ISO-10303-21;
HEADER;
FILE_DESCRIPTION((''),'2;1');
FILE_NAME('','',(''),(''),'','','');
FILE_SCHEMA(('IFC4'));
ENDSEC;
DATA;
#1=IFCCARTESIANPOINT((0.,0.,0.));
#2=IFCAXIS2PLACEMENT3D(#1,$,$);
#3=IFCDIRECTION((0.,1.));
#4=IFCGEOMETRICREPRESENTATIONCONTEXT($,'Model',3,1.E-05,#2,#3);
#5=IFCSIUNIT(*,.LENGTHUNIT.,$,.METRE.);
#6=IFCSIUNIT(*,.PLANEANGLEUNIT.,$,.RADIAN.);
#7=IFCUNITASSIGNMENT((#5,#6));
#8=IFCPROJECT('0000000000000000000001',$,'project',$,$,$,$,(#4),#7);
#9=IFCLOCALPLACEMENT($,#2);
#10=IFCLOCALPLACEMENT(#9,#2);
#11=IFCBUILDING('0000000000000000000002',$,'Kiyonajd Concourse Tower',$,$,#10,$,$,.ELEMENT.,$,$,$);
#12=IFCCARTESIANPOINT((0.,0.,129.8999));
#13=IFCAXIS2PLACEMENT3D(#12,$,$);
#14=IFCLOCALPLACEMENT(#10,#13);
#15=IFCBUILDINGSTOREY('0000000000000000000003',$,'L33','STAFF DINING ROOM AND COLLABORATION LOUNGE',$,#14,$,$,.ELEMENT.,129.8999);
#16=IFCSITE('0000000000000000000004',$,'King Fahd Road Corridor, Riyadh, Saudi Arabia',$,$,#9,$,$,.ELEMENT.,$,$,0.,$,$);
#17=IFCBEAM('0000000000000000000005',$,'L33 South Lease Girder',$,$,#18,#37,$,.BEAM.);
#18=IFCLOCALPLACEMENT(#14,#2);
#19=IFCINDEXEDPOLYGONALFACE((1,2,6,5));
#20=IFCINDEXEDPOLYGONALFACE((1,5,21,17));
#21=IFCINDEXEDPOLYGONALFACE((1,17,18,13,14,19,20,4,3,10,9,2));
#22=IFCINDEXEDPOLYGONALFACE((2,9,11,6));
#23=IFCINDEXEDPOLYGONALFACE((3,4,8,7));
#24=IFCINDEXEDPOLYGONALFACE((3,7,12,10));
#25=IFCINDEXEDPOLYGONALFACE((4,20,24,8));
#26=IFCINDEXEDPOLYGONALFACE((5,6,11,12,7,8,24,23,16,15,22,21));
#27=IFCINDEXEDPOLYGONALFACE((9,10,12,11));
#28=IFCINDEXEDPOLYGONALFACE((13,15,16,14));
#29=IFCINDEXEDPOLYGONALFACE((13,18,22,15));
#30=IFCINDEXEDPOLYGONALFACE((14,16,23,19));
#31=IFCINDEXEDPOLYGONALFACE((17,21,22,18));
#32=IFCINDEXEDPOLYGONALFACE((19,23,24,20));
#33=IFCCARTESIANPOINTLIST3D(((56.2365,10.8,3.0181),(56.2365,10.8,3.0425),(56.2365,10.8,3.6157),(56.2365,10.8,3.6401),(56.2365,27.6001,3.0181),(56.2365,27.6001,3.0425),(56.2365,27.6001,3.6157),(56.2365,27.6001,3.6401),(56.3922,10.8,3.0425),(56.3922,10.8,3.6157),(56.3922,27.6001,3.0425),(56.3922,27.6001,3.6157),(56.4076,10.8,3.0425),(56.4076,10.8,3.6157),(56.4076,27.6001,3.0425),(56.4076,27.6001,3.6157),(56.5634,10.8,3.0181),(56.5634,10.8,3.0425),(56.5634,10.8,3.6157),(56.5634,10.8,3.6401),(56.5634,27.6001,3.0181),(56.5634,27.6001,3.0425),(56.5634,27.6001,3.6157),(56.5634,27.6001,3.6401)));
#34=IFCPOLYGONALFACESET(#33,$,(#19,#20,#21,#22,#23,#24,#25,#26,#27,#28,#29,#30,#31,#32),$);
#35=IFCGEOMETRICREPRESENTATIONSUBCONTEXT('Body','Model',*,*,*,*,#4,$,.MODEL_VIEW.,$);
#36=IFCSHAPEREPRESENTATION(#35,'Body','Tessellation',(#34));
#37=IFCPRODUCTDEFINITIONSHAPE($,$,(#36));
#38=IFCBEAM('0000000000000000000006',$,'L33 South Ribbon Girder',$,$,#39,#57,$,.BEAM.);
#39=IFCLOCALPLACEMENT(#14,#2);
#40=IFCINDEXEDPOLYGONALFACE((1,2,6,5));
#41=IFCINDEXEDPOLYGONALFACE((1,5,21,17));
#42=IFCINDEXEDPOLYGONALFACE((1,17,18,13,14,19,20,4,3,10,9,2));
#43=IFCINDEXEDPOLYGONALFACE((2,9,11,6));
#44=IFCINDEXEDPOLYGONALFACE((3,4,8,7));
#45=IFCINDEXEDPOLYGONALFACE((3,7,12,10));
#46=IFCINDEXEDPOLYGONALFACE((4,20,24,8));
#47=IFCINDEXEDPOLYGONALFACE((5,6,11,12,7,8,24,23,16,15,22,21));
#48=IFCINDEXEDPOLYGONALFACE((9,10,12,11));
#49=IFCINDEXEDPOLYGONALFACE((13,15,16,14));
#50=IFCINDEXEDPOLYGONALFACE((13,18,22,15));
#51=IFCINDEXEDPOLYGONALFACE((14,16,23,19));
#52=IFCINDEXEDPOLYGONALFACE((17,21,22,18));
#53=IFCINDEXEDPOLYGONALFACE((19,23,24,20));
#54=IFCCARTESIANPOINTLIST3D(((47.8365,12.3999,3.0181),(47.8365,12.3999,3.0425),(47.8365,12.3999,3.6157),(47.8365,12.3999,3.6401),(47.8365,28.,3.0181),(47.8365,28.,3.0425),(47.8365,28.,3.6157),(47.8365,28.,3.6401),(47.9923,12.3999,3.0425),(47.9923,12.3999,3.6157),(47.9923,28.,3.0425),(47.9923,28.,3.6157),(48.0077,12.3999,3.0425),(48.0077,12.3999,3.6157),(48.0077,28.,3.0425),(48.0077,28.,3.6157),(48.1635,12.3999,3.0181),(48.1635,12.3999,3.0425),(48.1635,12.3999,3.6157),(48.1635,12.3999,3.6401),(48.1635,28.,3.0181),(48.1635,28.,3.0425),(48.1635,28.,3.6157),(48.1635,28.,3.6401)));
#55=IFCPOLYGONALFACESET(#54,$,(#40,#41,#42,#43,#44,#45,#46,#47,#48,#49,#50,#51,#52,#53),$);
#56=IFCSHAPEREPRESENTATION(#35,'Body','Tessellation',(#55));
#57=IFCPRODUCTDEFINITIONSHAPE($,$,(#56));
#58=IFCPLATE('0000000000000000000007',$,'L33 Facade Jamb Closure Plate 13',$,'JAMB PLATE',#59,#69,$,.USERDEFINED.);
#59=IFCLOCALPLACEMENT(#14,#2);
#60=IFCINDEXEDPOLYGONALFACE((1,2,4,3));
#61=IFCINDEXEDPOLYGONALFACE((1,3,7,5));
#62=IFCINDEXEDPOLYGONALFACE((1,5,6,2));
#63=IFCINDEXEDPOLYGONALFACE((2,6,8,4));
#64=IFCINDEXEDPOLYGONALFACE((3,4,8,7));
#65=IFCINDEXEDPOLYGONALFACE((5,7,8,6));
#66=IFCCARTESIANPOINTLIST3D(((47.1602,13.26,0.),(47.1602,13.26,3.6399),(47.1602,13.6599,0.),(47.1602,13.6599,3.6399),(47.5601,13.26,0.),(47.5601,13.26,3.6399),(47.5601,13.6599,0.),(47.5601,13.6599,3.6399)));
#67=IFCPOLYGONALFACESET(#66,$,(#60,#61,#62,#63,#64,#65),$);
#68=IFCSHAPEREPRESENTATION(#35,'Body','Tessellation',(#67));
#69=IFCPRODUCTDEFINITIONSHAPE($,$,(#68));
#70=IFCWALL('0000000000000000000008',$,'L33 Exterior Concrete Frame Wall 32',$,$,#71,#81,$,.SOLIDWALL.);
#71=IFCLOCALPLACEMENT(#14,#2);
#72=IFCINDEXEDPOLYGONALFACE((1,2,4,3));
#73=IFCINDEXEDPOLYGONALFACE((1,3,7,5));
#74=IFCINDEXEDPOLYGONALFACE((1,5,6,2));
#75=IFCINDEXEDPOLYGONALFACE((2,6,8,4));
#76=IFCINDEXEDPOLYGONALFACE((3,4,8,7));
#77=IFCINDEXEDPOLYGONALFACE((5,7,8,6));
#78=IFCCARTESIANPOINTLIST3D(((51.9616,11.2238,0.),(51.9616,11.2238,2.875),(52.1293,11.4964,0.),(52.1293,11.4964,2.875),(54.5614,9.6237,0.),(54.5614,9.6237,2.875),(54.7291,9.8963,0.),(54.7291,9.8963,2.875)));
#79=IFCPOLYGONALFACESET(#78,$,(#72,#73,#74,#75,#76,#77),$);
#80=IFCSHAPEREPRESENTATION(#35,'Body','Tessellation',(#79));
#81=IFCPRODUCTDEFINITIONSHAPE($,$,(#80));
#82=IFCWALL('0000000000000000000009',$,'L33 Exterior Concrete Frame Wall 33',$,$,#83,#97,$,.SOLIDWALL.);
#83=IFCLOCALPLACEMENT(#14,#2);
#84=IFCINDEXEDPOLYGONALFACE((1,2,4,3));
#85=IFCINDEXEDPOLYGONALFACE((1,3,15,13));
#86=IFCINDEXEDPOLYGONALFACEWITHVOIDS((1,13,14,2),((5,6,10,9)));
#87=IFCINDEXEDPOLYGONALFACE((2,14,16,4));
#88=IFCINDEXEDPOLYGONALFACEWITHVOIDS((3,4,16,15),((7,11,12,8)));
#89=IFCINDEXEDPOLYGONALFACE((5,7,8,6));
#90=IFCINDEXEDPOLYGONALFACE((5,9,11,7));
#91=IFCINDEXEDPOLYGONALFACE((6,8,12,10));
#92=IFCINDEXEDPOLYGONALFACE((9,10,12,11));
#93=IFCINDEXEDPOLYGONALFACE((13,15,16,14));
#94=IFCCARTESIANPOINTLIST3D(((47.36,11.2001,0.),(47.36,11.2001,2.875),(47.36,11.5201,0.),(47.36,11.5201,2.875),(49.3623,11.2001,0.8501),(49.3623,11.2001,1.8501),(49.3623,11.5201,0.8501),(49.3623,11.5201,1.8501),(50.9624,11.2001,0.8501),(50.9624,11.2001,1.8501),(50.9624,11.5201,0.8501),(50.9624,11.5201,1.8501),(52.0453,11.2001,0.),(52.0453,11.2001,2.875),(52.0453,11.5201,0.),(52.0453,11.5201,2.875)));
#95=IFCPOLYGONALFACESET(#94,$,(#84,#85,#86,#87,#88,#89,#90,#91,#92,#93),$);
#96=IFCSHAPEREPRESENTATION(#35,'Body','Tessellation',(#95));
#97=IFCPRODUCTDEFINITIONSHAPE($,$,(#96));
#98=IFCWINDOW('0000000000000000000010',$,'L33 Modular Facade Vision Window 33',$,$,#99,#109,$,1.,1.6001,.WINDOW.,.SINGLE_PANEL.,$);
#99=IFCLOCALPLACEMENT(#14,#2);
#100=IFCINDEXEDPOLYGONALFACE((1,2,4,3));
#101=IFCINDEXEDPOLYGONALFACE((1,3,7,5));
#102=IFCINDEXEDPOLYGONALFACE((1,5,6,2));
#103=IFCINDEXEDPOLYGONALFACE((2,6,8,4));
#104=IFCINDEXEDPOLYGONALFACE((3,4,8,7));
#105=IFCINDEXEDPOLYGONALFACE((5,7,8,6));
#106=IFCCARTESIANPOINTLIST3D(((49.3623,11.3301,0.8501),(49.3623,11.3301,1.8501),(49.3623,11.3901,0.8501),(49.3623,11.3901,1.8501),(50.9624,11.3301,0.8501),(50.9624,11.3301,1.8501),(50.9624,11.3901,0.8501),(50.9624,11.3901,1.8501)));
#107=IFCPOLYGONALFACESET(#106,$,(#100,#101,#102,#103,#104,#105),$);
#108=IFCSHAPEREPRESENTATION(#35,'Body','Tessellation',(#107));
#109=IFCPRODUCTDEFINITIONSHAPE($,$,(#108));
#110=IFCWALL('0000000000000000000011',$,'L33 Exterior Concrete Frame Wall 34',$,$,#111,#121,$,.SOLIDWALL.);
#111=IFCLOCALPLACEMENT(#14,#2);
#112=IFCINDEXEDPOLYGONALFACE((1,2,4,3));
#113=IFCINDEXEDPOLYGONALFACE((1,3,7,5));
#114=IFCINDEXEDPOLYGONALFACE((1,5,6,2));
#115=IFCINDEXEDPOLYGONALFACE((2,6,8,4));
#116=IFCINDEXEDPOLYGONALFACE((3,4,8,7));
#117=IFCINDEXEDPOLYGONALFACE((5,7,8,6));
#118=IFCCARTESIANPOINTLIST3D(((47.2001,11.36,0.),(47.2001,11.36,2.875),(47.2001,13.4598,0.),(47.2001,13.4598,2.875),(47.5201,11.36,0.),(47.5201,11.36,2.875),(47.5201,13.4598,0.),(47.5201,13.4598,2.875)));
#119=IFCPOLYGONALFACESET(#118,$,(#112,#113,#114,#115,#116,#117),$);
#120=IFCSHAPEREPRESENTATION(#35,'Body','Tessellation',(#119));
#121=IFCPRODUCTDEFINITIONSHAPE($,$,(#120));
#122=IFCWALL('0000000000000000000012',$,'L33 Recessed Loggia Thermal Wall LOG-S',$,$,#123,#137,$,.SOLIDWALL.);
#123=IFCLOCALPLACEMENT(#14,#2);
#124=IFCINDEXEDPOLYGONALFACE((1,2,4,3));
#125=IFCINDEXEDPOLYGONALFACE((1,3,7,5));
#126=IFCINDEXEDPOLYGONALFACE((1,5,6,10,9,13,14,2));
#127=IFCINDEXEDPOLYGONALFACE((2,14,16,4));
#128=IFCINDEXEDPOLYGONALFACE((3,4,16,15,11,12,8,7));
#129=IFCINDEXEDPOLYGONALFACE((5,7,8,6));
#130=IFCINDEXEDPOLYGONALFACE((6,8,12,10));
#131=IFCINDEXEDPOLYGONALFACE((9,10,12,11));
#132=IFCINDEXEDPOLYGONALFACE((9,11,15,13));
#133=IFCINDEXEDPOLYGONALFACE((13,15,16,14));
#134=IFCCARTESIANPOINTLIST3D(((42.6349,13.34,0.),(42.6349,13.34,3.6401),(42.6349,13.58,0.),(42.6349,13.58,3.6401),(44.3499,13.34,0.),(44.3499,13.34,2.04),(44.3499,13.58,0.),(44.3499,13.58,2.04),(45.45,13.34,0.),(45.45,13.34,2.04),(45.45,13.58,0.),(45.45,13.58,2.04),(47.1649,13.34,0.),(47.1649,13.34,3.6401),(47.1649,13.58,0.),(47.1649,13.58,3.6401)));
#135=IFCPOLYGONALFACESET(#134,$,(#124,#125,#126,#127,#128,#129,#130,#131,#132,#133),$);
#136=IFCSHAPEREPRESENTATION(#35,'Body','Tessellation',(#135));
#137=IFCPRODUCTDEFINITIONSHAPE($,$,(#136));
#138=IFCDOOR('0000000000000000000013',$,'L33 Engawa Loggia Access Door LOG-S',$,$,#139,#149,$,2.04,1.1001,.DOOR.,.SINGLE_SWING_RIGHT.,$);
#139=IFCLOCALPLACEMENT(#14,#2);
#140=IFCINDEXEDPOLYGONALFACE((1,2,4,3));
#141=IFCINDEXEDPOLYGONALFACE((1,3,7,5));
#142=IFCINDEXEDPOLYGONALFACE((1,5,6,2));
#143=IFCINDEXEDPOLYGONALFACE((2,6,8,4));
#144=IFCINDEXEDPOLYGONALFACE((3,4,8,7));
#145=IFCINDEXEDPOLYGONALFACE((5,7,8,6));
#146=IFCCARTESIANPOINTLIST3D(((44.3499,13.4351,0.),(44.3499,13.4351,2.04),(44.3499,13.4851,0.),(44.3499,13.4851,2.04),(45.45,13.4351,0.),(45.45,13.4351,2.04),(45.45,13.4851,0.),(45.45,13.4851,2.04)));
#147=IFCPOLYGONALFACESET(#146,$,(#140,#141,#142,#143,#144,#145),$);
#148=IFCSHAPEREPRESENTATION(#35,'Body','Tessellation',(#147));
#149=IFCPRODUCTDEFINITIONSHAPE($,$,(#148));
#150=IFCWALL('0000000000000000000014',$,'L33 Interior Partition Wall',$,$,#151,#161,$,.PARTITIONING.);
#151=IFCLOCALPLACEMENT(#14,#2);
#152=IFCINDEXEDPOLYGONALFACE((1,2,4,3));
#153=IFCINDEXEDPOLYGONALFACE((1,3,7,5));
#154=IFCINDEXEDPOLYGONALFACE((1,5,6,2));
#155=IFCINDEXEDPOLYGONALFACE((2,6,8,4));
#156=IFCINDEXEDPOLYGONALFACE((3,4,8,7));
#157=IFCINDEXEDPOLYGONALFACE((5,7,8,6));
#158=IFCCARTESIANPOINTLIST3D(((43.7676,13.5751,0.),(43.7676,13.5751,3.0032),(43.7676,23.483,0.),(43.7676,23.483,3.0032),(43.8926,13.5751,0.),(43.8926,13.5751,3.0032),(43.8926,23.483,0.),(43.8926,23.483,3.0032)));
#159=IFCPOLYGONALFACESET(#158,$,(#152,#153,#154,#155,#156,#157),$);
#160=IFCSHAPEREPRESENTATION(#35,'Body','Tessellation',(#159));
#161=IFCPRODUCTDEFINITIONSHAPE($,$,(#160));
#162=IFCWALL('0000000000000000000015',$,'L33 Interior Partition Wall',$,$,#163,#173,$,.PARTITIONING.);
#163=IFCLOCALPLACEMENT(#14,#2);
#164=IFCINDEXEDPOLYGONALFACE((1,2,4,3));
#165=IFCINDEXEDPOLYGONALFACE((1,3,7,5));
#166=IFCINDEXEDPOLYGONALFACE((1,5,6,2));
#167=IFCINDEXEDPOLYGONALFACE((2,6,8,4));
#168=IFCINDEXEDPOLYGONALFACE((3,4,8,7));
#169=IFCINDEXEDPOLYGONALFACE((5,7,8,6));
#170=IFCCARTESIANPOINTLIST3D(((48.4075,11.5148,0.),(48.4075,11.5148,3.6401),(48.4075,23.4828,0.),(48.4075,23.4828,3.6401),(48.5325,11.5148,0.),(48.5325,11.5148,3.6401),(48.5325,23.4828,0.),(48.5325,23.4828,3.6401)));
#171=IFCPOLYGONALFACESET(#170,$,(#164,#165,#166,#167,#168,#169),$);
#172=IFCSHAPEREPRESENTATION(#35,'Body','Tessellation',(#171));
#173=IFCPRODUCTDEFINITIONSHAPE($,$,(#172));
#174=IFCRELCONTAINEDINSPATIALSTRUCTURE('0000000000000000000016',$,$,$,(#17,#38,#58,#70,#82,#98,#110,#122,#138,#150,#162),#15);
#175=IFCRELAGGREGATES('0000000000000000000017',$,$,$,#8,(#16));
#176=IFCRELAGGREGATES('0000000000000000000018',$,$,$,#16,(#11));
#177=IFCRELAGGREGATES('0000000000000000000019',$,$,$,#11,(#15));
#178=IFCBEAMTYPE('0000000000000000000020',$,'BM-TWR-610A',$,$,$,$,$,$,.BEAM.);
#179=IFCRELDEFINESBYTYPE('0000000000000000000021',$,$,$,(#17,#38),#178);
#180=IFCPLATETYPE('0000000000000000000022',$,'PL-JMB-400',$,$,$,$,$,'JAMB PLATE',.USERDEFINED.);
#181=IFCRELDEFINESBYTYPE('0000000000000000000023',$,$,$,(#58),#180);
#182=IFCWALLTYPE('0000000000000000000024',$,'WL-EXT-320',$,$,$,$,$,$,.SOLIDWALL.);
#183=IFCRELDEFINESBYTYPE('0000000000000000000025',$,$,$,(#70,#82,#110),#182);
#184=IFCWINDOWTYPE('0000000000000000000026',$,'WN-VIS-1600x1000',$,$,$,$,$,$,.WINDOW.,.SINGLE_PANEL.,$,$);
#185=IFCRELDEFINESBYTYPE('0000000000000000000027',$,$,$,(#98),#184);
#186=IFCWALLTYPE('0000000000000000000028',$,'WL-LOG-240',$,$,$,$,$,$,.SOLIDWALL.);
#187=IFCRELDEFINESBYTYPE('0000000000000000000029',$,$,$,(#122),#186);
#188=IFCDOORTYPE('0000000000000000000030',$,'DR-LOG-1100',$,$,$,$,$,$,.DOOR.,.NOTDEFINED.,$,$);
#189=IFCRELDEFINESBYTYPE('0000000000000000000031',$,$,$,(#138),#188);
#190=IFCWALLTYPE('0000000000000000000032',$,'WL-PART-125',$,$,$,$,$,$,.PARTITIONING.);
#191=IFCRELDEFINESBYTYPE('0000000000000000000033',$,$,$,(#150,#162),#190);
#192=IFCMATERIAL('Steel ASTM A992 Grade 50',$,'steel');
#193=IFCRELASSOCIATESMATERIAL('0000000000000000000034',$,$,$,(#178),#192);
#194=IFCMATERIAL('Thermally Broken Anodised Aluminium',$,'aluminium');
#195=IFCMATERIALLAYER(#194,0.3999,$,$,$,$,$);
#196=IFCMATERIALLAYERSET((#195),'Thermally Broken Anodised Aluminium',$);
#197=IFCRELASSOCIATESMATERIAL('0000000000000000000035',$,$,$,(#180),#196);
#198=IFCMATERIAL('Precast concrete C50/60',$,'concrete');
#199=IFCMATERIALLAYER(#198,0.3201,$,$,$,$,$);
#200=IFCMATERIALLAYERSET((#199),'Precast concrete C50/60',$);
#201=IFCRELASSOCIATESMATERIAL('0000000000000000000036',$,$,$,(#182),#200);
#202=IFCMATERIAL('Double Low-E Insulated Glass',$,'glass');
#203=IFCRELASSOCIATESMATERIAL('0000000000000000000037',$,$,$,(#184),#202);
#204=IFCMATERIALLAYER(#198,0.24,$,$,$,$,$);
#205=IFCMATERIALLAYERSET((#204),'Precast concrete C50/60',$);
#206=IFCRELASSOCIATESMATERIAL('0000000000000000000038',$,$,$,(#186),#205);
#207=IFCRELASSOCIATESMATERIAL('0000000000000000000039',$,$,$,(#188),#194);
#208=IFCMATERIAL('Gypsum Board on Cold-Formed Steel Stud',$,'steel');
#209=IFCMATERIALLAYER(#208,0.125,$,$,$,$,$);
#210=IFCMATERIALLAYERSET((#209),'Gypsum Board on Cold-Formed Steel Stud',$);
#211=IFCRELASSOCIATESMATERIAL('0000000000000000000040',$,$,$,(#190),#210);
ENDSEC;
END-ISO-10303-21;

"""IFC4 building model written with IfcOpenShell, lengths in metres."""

from ifc_helpers import new_model, si_unit, direction, frame, frame_2d, origin, origin_2d, place, context, subcontext, project, spatial, rectangle, i_section, extrude, material, layer, layer_set, material_profile, profile_set, type_object, element, fill, save


model = new_model("IFC4")

# Units and contexts
model_context = context("Model", 3, precision=1e-05, world=origin(), true_north=direction((0.0, 1.0)))
body_context = subcontext(model_context, "Body", "Model", "MODEL_VIEW")
ifc_project = project(units=[si_unit("LENGTHUNIT", "METRE"), si_unit("PLANEANGLEUNIT", "RADIAN")], contexts=[model_context])

# Site, building, storey
site_placement = place(None, origin())
site = spatial("IfcSite", under=ifc_project, at=site_placement, Name="King Fahd Road Corridor, Riyadh, Saudi Arabia", CompositionType="ELEMENT", RefElevation=0.0)
building_placement = place(site_placement, origin())
building = spatial("IfcBuilding", under=site, at=building_placement, Name="Kiyonajd Concourse Tower", CompositionType="ELEMENT")
storey_placement = place(building_placement, frame((0.0, 0.0, 129.8999)))
storey = spatial("IfcBuildingStorey", under=building, at=storey_placement, Name="L33", Description="STAFF DINING ROOM AND COLLABORATION LOUNGE", CompositionType="ELEMENT", Elevation=129.8999)

# Beams
ifc_material_1 = material(Name="Steel ASTM A992 Grade 50", Category="steel")
ifc_material_2 = material(Name="Precast concrete C50/60", Category="concrete")
ifc_material_profile_1 = material_profile(ifc_material_1, i_section(OverallWidth=0.3269, OverallDepth=0.6221, WebThickness=0.0154, FlangeThickness=0.0244, at=origin_2d()), Name="W610X195")
ifc_profile_set_1 = profile_set([ifc_material_profile_1], Name="Steel ASTM A992 Grade 50")
beam_type_1 = type_object("IfcBeamType", Name="BM-TWR-610A", PredefinedType="BEAM", material=ifc_profile_set_1)
beam_1_placement = place(storey_placement, frame((56.3999, 10.8, 3.3291), z_axis=(0.0, 1.0, 0.0), x_axis=(-1.0, 0.0, 0.0)))
element("IfcBeam", 1, at=beam_1_placement, inside=storey, type_object=beam_type_1, Name="L33 South Lease Girder", PredefinedType="BEAM", context=body_context, shape_type="SweptSolid", body=[
    extrude(i_section(OverallWidth=0.3269, OverallDepth=0.6221, WebThickness=0.0154, FlangeThickness=0.0244, at=origin_2d()), origin(), (0.0, 0.0, 1.0), 16.8),
])
beam_2_placement = place(storey_placement, frame((48.0, 12.3999, 3.3291), z_axis=(0.0, 1.0, 0.0), x_axis=(-1.0, 0.0, 0.0)))
element("IfcBeam", 2, at=beam_2_placement, inside=storey, type_object=beam_type_1, Name="L33 South Ribbon Girder", PredefinedType="BEAM", context=body_context, shape_type="SweptSolid", body=[
    extrude(i_section(OverallWidth=0.3269, OverallDepth=0.6221, WebThickness=0.0154, FlangeThickness=0.0244, at=origin_2d()), origin(), (0.0, 0.0, 1.0), 15.6001),
])

# Plate
ifc_material_3 = material(Name="Thermally Broken Anodised Aluminium", Category="aluminium")
ifc_layer_1 = layer(ifc_material_3, 0.3999)
ifc_layer_set_1 = layer_set([ifc_layer_1], Name="Thermally Broken Anodised Aluminium")
plate_type = type_object("IfcPlateType", Name="PL-JMB-400", ElementType="JAMB PLATE", PredefinedType="USERDEFINED", material=ifc_layer_set_1)
plate_placement = place(storey_placement, frame((47.3601, 13.46, 0.0), z_axis=(0.0, 0.0, 1.0), x_axis=(1.0, 0.0, 0.0)))
element("IfcPlate", 3, at=plate_placement, inside=storey, type_object=plate_type, Name="L33 Facade Jamb Closure Plate 13", ObjectType="JAMB PLATE", PredefinedType="USERDEFINED", context=body_context, shape_type="SweptSolid", body=[
    extrude(rectangle(XDim=0.3999, YDim=0.3999, at=origin_2d()), origin(), (0.0, 0.0, 1.0), 3.6399),
])

# Wall
ifc_layer_2 = layer(ifc_material_2, 0.3201)
ifc_layer_set_2 = layer_set([ifc_layer_2], Name="Precast concrete C50/60")
wall_type_1 = type_object("IfcWallType", Name="WL-EXT-320", PredefinedType="SOLIDWALL", material=ifc_layer_set_2)
wall_1_placement = place(storey_placement, frame((54.6453, 9.76, 0.0), z_axis=(0.0, 0.0, 1.0), x_axis=(-0.851631, 0.524142, 0.0)))
element("IfcWall", 4, at=wall_1_placement, inside=storey, type_object=wall_type_1, Name="L33 Exterior Concrete Frame Wall 32", PredefinedType="SOLIDWALL", context=body_context, shape_type="SweptSolid", body=[
    extrude(rectangle(XDim=3.0527, YDim=0.3201, at=frame_2d((1.5264, 0.0))), origin(), (0.0, 0.0, 1.0), 2.875),
])

# Wall, opening, window
wall_2_placement = place(storey_placement, frame((52.0454, 11.3601, 0.0), z_axis=(0.0, 0.0, 1.0), x_axis=(-1.0, 0.0, 0.0)))
wall_2 = element("IfcWall", 5, at=wall_2_placement, inside=storey, type_object=wall_type_1, Name="L33 Exterior Concrete Frame Wall 33", PredefinedType="SOLIDWALL", context=body_context, shape_type="SweptSolid", body=[
    extrude(rectangle(XDim=4.6853, YDim=0.3201, at=frame_2d((2.3428, 0.0))), origin(), (0.0, 0.0, 1.0), 2.875),
])
opening_1_placement = place(wall_2_placement, frame((1.083, 0.0, 0.8501)))
opening_1 = element("IfcOpeningElement", 6, at=opening_1_placement, cuts=wall_2, PredefinedType="OPENING", context=body_context, shape_type="SweptSolid", body=[
    extrude(rectangle(XDim=1.6001, YDim=1.0, at=frame_2d((0.8, 0.5))), frame((0.0, 0.1699, 0.0), z_axis=(0.0, -1.0, 0.0), x_axis=(1.0, 0.0, 0.0)), (0.0, 0.0, 1.0), 0.3401),
])
ifc_material_4 = material(Name="Double Low-E Insulated Glass", Category="glass")
window_type = type_object("IfcWindowType", Name="WN-VIS-1600x1000", PartitioningType="SINGLE_PANEL", PredefinedType="WINDOW", material=ifc_material_4)
window_placement = place(opening_1_placement, origin())
window = element("IfcWindow", 7, at=window_placement, inside=storey, type_object=window_type, Name="L33 Modular Facade Vision Window 33", OverallHeight=1.0, OverallWidth=1.6001, PartitioningType="SINGLE_PANEL", PredefinedType="WINDOW", context=body_context, shape_type="SweptSolid", body=[
    extrude(rectangle(XDim=1.6001, YDim=1.0, at=frame_2d((0.8, 0.5))), frame((0.0, 0.03, 0.0), z_axis=(0.0, -1.0, 0.0), x_axis=(1.0, 0.0, 0.0)), (0.0, 0.0, 1.0), 0.0601),
])
fill(opening_1, window)

# Wall
wall_3_placement = place(storey_placement, frame((47.3601, 11.3601, 0.0), z_axis=(0.0, 0.0, 1.0), x_axis=(0.0, 1.0, 0.0)))
element("IfcWall", 8, at=wall_3_placement, inside=storey, type_object=wall_type_1, Name="L33 Exterior Concrete Frame Wall 34", PredefinedType="SOLIDWALL", context=body_context, shape_type="SweptSolid", body=[
    extrude(rectangle(XDim=2.0999, YDim=0.3201, at=frame_2d((1.0498, 0.0))), origin(), (0.0, 0.0, 1.0), 2.875),
])

# Wall, opening, door
ifc_layer_3 = layer(ifc_material_2, 0.24)
ifc_layer_set_3 = layer_set([ifc_layer_3], Name="Precast concrete C50/60")
wall_type_2 = type_object("IfcWallType", Name="WL-LOG-240", PredefinedType="SOLIDWALL", material=ifc_layer_set_3)
wall_4_placement = place(storey_placement, frame((47.165, 13.46, 0.0), z_axis=(0.0, 0.0, 1.0), x_axis=(-1.0, 0.0, 0.0)))
wall_4 = element("IfcWall", 9, at=wall_4_placement, inside=storey, type_object=wall_type_2, Name="L33 Recessed Loggia Thermal Wall LOG-S", PredefinedType="SOLIDWALL", context=body_context, shape_type="SweptSolid", body=[
    extrude(rectangle(XDim=4.53, YDim=0.24, at=frame_2d((2.2651, 0.0))), origin(), (0.0, 0.0, 1.0), 3.6401),
])
opening_2_placement = place(wall_4_placement, frame((1.7151, 0.0, 0.0)))
opening_2 = element("IfcOpeningElement", 10, at=opening_2_placement, cuts=wall_4, PredefinedType="OPENING", context=body_context, shape_type="SweptSolid", body=[
    extrude(rectangle(XDim=1.1001, YDim=2.04, at=frame_2d((0.55, 1.02))), frame((0.0, 0.1299, 0.0), z_axis=(0.0, -1.0, 0.0), x_axis=(1.0, 0.0, 0.0)), (0.0, 0.0, 1.0), 0.26),
])
door_type = type_object("IfcDoorType", Name="DR-LOG-1100", OperationType="NOTDEFINED", PredefinedType="DOOR", material=ifc_material_3)
door_placement = place(opening_2_placement, origin())
door = element("IfcDoor", 11, at=door_placement, inside=storey, type_object=door_type, Name="L33 Engawa Loggia Access Door LOG-S", OperationType="SINGLE_SWING_RIGHT", OverallHeight=2.04, OverallWidth=1.1001, PredefinedType="DOOR", context=body_context, shape_type="SweptSolid", body=[
    extrude(rectangle(XDim=1.1001, YDim=2.04, at=frame_2d((0.55, 1.02))), frame((0.0, 0.0249, 0.0), z_axis=(0.0, -1.0, 0.0), x_axis=(1.0, 0.0, 0.0)), (0.0, 0.0, 1.0), 0.05),
])
fill(opening_2, door)

# Walls
ifc_material_5 = material(Name="Gypsum Board on Cold-Formed Steel Stud", Category="steel")
ifc_layer_4 = layer(ifc_material_5, 0.125)
ifc_layer_set_4 = layer_set([ifc_layer_4], Name="Gypsum Board on Cold-Formed Steel Stud")
wall_type_3 = type_object("IfcWallType", Name="WL-PART-125", PredefinedType="PARTITIONING", material=ifc_layer_set_4)
wall_5_placement = place(storey_placement, frame((43.8301, 13.575, 0.0), z_axis=(0.0, 0.0, 1.0), x_axis=(0.0, 1.0, 0.0)))
element("IfcWall", 12, at=wall_5_placement, inside=storey, type_object=wall_type_3, Name="L33 Interior Partition Wall", PredefinedType="PARTITIONING", context=body_context, shape_type="SweptSolid", body=[
    extrude(rectangle(XDim=9.908, YDim=0.125, at=frame_2d((4.9541, 0.0))), origin(), (0.0, 0.0, 1.0), 3.0032),
])
wall_6_placement = place(storey_placement, frame((48.47, 11.5149, 0.0), z_axis=(0.0, 0.0, 1.0), x_axis=(0.0, 1.0, 0.0)))
element("IfcWall", 13, at=wall_6_placement, inside=storey, type_object=wall_type_3, Name="L33 Interior Partition Wall", PredefinedType="PARTITIONING", context=body_context, shape_type="SweptSolid", body=[
    extrude(rectangle(XDim=11.968, YDim=0.125, at=frame_2d((5.9839, 0.0))), origin(), (0.0, 0.0, 1.0), 3.6401),
])

save(model, "model.ifc")
